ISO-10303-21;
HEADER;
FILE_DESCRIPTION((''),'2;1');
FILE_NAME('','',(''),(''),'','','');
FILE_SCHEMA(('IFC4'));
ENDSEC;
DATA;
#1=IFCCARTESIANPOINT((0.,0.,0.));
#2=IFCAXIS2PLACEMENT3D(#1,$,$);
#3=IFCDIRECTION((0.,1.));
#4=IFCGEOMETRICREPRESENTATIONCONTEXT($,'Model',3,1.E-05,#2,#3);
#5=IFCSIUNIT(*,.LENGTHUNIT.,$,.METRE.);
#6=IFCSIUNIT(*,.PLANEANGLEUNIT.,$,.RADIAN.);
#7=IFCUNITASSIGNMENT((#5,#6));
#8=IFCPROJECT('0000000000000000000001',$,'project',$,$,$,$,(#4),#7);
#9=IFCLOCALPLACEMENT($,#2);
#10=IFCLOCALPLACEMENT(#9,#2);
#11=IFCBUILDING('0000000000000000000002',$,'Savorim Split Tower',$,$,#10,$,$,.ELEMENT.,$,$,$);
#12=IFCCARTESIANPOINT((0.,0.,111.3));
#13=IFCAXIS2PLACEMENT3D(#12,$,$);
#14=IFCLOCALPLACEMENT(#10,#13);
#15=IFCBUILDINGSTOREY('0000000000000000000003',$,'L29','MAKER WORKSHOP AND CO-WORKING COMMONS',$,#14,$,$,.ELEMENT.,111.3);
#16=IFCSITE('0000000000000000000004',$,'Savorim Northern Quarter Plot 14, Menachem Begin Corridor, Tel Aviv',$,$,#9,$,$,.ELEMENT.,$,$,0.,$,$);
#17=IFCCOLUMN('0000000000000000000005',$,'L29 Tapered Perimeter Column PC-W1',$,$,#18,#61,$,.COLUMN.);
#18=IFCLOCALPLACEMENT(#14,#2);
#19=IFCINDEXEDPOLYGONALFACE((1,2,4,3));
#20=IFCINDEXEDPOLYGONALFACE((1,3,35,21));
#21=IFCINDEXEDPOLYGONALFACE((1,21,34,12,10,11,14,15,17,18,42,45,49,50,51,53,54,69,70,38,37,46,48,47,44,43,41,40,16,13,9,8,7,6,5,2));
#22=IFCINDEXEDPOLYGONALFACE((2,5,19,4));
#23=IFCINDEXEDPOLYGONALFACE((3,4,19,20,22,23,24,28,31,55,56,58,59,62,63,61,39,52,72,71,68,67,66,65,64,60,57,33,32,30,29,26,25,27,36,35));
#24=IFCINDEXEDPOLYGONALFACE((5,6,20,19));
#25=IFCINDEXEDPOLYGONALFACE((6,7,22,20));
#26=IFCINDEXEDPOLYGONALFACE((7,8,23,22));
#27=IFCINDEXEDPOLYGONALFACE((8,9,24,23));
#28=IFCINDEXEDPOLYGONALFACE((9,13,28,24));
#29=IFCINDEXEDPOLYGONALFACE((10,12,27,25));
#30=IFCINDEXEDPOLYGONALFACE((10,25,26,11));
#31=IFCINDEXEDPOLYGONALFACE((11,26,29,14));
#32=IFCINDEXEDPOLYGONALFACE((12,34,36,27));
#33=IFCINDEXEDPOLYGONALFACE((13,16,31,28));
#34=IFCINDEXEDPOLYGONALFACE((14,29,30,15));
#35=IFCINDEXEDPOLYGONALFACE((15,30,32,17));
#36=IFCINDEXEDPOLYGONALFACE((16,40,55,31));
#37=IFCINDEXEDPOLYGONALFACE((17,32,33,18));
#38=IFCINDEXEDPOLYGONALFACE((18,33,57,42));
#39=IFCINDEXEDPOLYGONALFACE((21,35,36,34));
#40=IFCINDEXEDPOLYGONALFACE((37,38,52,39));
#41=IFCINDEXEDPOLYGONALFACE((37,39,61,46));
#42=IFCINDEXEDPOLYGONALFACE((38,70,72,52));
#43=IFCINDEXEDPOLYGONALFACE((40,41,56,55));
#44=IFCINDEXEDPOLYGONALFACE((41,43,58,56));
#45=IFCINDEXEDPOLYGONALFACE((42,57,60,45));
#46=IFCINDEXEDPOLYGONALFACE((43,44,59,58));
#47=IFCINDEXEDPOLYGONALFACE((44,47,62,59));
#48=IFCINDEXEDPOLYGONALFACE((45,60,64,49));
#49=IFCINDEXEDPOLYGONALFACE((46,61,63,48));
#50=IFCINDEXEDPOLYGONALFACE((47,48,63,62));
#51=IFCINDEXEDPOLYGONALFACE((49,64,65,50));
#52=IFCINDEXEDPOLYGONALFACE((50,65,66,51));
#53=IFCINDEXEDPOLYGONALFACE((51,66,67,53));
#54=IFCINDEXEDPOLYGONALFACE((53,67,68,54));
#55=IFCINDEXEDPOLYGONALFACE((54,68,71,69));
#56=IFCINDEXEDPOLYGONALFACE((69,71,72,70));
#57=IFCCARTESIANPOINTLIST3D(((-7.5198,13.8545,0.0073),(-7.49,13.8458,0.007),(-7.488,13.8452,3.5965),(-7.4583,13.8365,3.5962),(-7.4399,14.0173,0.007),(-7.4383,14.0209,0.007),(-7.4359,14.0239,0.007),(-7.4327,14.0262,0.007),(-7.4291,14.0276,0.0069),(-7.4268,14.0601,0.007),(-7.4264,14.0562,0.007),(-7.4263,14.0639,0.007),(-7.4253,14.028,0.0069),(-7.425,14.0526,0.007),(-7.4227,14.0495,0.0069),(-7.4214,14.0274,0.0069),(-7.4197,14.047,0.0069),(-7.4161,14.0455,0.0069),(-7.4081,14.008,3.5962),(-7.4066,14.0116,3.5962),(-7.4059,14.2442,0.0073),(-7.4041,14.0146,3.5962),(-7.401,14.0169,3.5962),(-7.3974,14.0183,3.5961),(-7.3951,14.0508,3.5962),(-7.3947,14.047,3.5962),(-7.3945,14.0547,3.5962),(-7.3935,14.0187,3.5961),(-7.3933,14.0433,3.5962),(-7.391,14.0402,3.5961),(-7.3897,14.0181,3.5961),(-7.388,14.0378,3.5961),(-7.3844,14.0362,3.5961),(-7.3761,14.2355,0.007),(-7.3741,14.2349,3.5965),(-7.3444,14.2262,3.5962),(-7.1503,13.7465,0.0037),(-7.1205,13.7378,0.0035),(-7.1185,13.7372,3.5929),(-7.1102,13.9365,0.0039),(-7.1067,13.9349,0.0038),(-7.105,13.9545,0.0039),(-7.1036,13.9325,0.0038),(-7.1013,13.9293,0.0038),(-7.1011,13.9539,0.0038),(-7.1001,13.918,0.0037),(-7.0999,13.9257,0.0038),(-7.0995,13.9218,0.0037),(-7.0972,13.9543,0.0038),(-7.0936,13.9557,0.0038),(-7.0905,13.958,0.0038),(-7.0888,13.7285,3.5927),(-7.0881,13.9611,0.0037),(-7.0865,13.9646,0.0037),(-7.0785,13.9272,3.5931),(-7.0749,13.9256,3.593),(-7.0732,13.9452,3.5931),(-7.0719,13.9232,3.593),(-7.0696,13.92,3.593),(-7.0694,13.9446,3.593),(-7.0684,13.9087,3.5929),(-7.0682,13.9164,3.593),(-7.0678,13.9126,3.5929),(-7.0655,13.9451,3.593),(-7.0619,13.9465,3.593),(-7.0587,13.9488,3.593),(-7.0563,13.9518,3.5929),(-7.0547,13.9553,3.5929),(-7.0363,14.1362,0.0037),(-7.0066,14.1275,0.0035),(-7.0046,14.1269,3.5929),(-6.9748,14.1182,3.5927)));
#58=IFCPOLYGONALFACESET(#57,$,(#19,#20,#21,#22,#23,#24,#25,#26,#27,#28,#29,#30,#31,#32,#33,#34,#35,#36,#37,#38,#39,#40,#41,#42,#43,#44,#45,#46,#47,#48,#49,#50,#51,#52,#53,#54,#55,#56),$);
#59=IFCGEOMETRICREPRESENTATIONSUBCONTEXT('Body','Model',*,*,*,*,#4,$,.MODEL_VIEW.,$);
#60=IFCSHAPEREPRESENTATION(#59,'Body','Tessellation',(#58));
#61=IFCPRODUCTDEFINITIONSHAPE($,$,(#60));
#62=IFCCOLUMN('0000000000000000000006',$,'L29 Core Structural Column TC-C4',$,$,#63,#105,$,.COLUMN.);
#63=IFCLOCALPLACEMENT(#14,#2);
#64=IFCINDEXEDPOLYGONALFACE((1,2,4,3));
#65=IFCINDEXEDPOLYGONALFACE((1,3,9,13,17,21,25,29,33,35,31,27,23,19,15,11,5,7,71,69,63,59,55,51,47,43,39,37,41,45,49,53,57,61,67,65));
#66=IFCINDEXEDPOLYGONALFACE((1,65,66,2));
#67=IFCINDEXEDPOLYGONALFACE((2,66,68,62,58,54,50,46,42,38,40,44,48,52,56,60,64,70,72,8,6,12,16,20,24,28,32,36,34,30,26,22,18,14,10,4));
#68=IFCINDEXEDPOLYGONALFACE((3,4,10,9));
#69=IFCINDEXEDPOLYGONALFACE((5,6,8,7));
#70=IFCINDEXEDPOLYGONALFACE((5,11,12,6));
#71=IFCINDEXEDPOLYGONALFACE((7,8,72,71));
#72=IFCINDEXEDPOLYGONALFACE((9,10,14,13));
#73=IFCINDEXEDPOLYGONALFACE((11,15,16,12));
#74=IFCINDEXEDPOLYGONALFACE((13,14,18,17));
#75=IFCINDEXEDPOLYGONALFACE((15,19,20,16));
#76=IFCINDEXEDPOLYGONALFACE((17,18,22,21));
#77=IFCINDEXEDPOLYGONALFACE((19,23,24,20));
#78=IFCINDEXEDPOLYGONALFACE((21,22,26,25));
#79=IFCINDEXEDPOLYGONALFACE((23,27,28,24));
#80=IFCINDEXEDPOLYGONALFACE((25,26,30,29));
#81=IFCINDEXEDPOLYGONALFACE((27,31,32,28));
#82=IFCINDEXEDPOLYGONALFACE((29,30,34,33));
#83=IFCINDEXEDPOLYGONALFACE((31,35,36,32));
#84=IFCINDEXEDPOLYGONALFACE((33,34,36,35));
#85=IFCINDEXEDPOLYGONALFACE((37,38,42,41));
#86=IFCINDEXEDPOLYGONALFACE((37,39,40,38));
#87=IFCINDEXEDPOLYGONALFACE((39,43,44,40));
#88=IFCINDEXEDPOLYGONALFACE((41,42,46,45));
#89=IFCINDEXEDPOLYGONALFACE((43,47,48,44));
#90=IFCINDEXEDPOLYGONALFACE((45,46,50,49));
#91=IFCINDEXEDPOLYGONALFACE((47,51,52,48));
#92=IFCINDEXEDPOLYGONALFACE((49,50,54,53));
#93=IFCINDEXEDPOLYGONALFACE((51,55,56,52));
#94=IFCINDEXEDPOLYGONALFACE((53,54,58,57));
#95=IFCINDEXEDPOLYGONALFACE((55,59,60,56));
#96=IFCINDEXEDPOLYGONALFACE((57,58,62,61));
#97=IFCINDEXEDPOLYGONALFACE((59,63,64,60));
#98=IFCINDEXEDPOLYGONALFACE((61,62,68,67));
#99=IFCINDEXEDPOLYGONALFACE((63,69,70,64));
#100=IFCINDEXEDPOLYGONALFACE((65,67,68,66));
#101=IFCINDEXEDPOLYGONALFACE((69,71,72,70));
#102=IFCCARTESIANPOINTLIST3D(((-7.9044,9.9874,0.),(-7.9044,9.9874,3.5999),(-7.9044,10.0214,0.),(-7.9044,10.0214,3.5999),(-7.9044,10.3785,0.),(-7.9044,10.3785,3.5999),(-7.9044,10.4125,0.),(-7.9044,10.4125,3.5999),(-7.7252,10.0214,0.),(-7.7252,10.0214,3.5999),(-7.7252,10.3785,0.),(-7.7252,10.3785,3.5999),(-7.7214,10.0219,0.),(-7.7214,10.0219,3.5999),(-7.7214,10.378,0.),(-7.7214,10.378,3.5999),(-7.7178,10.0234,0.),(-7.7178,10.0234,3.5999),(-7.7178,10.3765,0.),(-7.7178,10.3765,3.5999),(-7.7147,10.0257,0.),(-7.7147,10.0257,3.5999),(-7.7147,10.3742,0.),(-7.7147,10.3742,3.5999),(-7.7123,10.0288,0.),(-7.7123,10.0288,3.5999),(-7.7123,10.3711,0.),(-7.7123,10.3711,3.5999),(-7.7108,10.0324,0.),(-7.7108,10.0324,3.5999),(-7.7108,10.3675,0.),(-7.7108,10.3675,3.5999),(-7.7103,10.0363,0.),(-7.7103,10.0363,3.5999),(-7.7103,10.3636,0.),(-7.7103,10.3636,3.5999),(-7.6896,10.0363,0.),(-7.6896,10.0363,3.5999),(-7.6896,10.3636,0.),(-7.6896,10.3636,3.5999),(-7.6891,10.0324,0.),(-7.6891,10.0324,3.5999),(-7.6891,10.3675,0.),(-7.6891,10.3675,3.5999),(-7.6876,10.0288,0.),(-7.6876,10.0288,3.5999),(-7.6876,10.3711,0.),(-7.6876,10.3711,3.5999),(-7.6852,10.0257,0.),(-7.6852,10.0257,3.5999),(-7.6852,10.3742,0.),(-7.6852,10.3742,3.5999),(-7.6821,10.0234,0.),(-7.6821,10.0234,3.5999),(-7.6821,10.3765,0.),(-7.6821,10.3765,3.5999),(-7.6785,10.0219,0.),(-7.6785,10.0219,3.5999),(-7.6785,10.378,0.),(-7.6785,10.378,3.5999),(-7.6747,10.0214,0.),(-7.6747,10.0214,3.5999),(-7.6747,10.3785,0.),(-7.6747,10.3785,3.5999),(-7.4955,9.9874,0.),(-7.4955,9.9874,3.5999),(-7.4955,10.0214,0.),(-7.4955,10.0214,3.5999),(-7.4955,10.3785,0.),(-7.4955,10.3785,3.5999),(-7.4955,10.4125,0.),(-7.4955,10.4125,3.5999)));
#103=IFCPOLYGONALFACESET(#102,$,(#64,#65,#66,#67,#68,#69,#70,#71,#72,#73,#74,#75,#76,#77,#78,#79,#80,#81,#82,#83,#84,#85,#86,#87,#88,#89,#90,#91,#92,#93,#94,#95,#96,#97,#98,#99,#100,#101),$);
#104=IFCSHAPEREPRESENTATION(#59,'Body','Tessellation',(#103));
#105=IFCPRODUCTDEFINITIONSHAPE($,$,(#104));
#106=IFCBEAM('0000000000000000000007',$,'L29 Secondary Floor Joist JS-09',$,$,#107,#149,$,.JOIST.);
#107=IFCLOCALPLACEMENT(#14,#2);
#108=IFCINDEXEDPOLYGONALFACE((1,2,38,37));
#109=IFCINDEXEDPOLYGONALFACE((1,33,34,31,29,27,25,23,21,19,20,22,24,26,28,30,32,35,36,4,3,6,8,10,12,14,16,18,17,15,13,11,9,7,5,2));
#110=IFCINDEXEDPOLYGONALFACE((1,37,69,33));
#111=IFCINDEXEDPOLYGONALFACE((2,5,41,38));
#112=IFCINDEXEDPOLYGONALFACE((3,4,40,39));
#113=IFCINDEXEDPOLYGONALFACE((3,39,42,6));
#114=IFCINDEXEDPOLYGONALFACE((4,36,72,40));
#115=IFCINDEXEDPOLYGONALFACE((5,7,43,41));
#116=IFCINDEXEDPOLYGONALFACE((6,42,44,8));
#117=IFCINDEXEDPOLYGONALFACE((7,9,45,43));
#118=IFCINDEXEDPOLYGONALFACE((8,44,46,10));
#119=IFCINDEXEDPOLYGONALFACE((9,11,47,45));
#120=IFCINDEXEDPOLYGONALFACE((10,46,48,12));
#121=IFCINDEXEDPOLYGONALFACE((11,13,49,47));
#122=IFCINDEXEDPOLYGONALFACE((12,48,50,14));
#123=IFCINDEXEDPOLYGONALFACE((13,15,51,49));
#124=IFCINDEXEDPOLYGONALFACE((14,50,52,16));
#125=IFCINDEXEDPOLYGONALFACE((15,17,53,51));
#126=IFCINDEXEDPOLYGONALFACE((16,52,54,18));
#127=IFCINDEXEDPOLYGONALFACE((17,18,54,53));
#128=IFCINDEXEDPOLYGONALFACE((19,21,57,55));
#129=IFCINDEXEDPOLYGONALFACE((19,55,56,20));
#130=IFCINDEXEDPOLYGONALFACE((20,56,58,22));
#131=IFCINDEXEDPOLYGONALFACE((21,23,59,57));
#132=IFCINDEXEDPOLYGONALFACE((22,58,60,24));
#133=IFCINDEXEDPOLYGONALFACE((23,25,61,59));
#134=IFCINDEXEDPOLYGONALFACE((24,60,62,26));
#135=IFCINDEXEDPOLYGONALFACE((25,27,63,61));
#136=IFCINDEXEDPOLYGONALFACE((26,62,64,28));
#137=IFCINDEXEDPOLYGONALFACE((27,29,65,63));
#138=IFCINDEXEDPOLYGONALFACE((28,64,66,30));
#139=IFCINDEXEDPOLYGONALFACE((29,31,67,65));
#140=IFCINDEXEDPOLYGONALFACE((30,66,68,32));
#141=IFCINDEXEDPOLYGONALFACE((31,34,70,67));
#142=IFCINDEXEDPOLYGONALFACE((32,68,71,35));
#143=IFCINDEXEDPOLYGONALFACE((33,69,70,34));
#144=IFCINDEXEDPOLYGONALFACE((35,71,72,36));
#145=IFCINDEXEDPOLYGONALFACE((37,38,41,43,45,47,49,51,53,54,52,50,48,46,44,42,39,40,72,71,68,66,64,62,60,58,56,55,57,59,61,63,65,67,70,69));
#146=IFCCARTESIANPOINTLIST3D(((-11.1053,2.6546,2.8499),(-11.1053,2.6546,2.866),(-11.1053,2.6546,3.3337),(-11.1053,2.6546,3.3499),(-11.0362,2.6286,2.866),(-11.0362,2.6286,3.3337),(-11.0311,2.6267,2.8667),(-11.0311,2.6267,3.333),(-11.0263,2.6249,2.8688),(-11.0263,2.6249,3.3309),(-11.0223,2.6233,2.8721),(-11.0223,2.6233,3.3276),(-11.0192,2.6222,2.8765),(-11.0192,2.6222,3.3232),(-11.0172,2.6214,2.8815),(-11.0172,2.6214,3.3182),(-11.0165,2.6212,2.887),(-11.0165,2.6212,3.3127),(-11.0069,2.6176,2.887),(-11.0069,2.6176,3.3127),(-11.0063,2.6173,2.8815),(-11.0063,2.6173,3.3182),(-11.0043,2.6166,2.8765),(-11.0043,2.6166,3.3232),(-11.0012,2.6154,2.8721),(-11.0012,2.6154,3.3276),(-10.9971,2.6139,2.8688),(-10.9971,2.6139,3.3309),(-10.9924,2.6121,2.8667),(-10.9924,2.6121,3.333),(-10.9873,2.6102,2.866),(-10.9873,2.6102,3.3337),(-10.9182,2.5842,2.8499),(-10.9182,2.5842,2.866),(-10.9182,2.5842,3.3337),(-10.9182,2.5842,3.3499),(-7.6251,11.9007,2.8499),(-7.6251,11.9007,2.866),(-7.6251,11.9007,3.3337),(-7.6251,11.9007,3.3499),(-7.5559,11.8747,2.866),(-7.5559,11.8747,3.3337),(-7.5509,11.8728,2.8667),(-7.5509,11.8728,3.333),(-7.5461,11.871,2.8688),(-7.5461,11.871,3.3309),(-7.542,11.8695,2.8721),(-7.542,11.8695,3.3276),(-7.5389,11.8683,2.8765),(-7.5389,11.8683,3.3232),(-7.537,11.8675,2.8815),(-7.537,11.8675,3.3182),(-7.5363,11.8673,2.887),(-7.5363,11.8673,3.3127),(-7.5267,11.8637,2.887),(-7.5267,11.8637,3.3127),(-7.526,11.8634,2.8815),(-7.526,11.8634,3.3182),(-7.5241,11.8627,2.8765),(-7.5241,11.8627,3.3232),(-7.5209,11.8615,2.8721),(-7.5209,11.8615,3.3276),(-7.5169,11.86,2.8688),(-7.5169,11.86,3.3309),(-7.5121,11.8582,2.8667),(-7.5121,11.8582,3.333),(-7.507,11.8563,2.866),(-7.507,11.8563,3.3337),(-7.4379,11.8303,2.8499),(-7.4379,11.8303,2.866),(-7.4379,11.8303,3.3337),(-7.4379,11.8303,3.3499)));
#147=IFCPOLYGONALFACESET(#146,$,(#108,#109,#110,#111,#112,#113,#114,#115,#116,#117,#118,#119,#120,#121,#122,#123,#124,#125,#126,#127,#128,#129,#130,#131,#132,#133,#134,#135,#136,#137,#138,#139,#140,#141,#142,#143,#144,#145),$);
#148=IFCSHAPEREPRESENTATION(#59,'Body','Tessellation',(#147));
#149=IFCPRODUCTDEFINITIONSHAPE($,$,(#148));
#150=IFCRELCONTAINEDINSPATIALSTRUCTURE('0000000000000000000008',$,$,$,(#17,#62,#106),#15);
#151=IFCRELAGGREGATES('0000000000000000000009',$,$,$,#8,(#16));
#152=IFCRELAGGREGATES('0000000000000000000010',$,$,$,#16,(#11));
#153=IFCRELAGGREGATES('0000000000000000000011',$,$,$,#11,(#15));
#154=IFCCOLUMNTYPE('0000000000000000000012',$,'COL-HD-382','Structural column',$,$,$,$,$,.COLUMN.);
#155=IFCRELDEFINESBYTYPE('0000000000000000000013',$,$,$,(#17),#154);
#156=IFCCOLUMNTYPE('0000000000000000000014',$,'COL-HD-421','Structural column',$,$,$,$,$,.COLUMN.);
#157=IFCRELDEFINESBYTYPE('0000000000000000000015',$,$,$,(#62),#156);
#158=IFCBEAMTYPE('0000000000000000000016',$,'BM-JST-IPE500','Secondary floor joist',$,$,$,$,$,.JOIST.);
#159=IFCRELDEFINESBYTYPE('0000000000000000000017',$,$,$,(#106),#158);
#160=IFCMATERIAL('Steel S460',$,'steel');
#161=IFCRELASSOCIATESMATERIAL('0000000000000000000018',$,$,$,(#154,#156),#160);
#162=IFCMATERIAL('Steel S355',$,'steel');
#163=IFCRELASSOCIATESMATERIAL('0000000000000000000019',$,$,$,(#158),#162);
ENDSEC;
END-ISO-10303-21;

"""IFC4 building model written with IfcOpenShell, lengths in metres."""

from ifc_helpers import new_model, si_unit, direction, frame, origin, origin_2d, place, context, subcontext, project, spatial, i_section, extrude, material, material_profile, profile_set, type_object, element, save


model = new_model("IFC4")

# Units and contexts
model_context = context("Model", 3, precision=1e-05, world=origin(), true_north=direction((0.0, 1.0)))
body_context = subcontext(model_context, "Body", "Model", "MODEL_VIEW")
ifc_project = project(units=[si_unit("LENGTHUNIT", "METRE"), si_unit("PLANEANGLEUNIT", "RADIAN")], contexts=[model_context])

# Site, building, storey
site_placement = place(None, origin())
site = spatial("IfcSite", under=ifc_project, at=site_placement, Name="Savorim Northern Quarter Plot 14, Menachem Begin Corridor, Tel Aviv", CompositionType="ELEMENT", RefElevation=0.0)
building_placement = place(site_placement, origin())
building = spatial("IfcBuilding", under=site, at=building_placement, Name="Savorim Split Tower", CompositionType="ELEMENT")
storey_placement = place(building_placement, frame((0.0, 0.0, 111.3)))
storey = spatial("IfcBuildingStorey", under=building, at=storey_placement, Name="L29", Description="MAKER WORKSHOP AND CO-WORKING COMMONS", CompositionType="ELEMENT", Elevation=111.3)

# Columns
ifc_material_1 = material(Name="Steel S460", Category="steel")
ifc_material_profile_1 = material_profile(ifc_material_1, i_section(OverallWidth=0.406, OverallDepth=0.416, WebThickness=0.0188, FlangeThickness=0.031, FilletRadius=0.0149, at=origin_2d()), Name="HD 400x382")
ifc_profile_set_1 = profile_set([ifc_material_profile_1], Name="Steel S460")
column_type_1 = type_object("IfcColumnType", Name="COL-HD-382", Description="Structural column", PredefinedType="COLUMN", material=ifc_profile_set_1)
column_1_placement = place(storey_placement, frame((-7.2632, 13.991, 0.0054), z_axis=(0.008843, -0.002585, 0.999958), x_axis=(0.280567, 0.959834, 0.0)))
element("IfcColumn", 1, at=column_1_placement, inside=storey, type_object=column_type_1, Name="L29 Tapered Perimeter Column PC-W1", PredefinedType="COLUMN", context=body_context, shape_type="SweptSolid", body=[
    extrude(i_section(OverallWidth=0.406, OverallDepth=0.416, WebThickness=0.0188, FlangeThickness=0.031, FilletRadius=0.0149, at=origin_2d()), origin(), (0.0, 0.0, 1.0), 3.5894),
])
ifc_material_profile_2 = material_profile(ifc_material_1, i_section(OverallWidth=0.4089, OverallDepth=0.425, WebThickness=0.0208, FlangeThickness=0.0339, FilletRadius=0.0149, at=origin_2d()), Name="HD 400x421")
ifc_profile_set_2 = profile_set([ifc_material_profile_2], Name="Steel S460")
column_type_2 = type_object("IfcColumnType", Name="COL-HD-421", Description="Structural column", PredefinedType="COLUMN", material=ifc_profile_set_2)
column_2_placement = place(storey_placement, frame((-7.7, 10.2, 0.0), z_axis=(0.0, 0.0, 1.0), x_axis=(1.0, 0.0, 0.0)))
element("IfcColumn", 2, at=column_2_placement, inside=storey, type_object=column_type_2, Name="L29 Core Structural Column TC-C4", PredefinedType="COLUMN", context=body_context, shape_type="SweptSolid", body=[
    extrude(i_section(OverallWidth=0.4089, OverallDepth=0.425, WebThickness=0.0208, FlangeThickness=0.0339, FilletRadius=0.0149, at=origin_2d()), origin(), (0.0, 0.0, 1.0), 3.5999),
])

# Beam
ifc_material_2 = material(Name="Steel S355", Category="steel")
ifc_material_profile_3 = material_profile(ifc_material_2, i_section(OverallWidth=0.2, OverallDepth=0.5, WebThickness=0.0103, FlangeThickness=0.0161, FilletRadius=0.021, at=origin_2d()), Name="IPE 500")
ifc_profile_set_3 = profile_set([ifc_material_profile_3], Name="Steel S355")
beam_type_1 = type_object("IfcBeamType", Name="BM-JST-IPE500", Description="Secondary floor joist", PredefinedType="JOIST", material=ifc_profile_set_3)
beam_1_placement = place(storey_placement, frame((-7.5315, 11.8655, 3.0999), z_axis=(-0.352271, -0.935898, 0.0), x_axis=(0.935898, -0.352271, 0.0)))
element("IfcBeam", 3, at=beam_1_placement, inside=storey, type_object=beam_type_1, Name="L29 Secondary Floor Joist JS-09", PredefinedType="JOIST", context=body_context, shape_type="SweptSolid", body=[
    extrude(i_section(OverallWidth=0.2, OverallDepth=0.5, WebThickness=0.0103, FlangeThickness=0.0161, FilletRadius=0.021, at=origin_2d()), origin(), (0.0, 0.0, 1.0), 9.8794),
])

save(model, "model.ifc")
